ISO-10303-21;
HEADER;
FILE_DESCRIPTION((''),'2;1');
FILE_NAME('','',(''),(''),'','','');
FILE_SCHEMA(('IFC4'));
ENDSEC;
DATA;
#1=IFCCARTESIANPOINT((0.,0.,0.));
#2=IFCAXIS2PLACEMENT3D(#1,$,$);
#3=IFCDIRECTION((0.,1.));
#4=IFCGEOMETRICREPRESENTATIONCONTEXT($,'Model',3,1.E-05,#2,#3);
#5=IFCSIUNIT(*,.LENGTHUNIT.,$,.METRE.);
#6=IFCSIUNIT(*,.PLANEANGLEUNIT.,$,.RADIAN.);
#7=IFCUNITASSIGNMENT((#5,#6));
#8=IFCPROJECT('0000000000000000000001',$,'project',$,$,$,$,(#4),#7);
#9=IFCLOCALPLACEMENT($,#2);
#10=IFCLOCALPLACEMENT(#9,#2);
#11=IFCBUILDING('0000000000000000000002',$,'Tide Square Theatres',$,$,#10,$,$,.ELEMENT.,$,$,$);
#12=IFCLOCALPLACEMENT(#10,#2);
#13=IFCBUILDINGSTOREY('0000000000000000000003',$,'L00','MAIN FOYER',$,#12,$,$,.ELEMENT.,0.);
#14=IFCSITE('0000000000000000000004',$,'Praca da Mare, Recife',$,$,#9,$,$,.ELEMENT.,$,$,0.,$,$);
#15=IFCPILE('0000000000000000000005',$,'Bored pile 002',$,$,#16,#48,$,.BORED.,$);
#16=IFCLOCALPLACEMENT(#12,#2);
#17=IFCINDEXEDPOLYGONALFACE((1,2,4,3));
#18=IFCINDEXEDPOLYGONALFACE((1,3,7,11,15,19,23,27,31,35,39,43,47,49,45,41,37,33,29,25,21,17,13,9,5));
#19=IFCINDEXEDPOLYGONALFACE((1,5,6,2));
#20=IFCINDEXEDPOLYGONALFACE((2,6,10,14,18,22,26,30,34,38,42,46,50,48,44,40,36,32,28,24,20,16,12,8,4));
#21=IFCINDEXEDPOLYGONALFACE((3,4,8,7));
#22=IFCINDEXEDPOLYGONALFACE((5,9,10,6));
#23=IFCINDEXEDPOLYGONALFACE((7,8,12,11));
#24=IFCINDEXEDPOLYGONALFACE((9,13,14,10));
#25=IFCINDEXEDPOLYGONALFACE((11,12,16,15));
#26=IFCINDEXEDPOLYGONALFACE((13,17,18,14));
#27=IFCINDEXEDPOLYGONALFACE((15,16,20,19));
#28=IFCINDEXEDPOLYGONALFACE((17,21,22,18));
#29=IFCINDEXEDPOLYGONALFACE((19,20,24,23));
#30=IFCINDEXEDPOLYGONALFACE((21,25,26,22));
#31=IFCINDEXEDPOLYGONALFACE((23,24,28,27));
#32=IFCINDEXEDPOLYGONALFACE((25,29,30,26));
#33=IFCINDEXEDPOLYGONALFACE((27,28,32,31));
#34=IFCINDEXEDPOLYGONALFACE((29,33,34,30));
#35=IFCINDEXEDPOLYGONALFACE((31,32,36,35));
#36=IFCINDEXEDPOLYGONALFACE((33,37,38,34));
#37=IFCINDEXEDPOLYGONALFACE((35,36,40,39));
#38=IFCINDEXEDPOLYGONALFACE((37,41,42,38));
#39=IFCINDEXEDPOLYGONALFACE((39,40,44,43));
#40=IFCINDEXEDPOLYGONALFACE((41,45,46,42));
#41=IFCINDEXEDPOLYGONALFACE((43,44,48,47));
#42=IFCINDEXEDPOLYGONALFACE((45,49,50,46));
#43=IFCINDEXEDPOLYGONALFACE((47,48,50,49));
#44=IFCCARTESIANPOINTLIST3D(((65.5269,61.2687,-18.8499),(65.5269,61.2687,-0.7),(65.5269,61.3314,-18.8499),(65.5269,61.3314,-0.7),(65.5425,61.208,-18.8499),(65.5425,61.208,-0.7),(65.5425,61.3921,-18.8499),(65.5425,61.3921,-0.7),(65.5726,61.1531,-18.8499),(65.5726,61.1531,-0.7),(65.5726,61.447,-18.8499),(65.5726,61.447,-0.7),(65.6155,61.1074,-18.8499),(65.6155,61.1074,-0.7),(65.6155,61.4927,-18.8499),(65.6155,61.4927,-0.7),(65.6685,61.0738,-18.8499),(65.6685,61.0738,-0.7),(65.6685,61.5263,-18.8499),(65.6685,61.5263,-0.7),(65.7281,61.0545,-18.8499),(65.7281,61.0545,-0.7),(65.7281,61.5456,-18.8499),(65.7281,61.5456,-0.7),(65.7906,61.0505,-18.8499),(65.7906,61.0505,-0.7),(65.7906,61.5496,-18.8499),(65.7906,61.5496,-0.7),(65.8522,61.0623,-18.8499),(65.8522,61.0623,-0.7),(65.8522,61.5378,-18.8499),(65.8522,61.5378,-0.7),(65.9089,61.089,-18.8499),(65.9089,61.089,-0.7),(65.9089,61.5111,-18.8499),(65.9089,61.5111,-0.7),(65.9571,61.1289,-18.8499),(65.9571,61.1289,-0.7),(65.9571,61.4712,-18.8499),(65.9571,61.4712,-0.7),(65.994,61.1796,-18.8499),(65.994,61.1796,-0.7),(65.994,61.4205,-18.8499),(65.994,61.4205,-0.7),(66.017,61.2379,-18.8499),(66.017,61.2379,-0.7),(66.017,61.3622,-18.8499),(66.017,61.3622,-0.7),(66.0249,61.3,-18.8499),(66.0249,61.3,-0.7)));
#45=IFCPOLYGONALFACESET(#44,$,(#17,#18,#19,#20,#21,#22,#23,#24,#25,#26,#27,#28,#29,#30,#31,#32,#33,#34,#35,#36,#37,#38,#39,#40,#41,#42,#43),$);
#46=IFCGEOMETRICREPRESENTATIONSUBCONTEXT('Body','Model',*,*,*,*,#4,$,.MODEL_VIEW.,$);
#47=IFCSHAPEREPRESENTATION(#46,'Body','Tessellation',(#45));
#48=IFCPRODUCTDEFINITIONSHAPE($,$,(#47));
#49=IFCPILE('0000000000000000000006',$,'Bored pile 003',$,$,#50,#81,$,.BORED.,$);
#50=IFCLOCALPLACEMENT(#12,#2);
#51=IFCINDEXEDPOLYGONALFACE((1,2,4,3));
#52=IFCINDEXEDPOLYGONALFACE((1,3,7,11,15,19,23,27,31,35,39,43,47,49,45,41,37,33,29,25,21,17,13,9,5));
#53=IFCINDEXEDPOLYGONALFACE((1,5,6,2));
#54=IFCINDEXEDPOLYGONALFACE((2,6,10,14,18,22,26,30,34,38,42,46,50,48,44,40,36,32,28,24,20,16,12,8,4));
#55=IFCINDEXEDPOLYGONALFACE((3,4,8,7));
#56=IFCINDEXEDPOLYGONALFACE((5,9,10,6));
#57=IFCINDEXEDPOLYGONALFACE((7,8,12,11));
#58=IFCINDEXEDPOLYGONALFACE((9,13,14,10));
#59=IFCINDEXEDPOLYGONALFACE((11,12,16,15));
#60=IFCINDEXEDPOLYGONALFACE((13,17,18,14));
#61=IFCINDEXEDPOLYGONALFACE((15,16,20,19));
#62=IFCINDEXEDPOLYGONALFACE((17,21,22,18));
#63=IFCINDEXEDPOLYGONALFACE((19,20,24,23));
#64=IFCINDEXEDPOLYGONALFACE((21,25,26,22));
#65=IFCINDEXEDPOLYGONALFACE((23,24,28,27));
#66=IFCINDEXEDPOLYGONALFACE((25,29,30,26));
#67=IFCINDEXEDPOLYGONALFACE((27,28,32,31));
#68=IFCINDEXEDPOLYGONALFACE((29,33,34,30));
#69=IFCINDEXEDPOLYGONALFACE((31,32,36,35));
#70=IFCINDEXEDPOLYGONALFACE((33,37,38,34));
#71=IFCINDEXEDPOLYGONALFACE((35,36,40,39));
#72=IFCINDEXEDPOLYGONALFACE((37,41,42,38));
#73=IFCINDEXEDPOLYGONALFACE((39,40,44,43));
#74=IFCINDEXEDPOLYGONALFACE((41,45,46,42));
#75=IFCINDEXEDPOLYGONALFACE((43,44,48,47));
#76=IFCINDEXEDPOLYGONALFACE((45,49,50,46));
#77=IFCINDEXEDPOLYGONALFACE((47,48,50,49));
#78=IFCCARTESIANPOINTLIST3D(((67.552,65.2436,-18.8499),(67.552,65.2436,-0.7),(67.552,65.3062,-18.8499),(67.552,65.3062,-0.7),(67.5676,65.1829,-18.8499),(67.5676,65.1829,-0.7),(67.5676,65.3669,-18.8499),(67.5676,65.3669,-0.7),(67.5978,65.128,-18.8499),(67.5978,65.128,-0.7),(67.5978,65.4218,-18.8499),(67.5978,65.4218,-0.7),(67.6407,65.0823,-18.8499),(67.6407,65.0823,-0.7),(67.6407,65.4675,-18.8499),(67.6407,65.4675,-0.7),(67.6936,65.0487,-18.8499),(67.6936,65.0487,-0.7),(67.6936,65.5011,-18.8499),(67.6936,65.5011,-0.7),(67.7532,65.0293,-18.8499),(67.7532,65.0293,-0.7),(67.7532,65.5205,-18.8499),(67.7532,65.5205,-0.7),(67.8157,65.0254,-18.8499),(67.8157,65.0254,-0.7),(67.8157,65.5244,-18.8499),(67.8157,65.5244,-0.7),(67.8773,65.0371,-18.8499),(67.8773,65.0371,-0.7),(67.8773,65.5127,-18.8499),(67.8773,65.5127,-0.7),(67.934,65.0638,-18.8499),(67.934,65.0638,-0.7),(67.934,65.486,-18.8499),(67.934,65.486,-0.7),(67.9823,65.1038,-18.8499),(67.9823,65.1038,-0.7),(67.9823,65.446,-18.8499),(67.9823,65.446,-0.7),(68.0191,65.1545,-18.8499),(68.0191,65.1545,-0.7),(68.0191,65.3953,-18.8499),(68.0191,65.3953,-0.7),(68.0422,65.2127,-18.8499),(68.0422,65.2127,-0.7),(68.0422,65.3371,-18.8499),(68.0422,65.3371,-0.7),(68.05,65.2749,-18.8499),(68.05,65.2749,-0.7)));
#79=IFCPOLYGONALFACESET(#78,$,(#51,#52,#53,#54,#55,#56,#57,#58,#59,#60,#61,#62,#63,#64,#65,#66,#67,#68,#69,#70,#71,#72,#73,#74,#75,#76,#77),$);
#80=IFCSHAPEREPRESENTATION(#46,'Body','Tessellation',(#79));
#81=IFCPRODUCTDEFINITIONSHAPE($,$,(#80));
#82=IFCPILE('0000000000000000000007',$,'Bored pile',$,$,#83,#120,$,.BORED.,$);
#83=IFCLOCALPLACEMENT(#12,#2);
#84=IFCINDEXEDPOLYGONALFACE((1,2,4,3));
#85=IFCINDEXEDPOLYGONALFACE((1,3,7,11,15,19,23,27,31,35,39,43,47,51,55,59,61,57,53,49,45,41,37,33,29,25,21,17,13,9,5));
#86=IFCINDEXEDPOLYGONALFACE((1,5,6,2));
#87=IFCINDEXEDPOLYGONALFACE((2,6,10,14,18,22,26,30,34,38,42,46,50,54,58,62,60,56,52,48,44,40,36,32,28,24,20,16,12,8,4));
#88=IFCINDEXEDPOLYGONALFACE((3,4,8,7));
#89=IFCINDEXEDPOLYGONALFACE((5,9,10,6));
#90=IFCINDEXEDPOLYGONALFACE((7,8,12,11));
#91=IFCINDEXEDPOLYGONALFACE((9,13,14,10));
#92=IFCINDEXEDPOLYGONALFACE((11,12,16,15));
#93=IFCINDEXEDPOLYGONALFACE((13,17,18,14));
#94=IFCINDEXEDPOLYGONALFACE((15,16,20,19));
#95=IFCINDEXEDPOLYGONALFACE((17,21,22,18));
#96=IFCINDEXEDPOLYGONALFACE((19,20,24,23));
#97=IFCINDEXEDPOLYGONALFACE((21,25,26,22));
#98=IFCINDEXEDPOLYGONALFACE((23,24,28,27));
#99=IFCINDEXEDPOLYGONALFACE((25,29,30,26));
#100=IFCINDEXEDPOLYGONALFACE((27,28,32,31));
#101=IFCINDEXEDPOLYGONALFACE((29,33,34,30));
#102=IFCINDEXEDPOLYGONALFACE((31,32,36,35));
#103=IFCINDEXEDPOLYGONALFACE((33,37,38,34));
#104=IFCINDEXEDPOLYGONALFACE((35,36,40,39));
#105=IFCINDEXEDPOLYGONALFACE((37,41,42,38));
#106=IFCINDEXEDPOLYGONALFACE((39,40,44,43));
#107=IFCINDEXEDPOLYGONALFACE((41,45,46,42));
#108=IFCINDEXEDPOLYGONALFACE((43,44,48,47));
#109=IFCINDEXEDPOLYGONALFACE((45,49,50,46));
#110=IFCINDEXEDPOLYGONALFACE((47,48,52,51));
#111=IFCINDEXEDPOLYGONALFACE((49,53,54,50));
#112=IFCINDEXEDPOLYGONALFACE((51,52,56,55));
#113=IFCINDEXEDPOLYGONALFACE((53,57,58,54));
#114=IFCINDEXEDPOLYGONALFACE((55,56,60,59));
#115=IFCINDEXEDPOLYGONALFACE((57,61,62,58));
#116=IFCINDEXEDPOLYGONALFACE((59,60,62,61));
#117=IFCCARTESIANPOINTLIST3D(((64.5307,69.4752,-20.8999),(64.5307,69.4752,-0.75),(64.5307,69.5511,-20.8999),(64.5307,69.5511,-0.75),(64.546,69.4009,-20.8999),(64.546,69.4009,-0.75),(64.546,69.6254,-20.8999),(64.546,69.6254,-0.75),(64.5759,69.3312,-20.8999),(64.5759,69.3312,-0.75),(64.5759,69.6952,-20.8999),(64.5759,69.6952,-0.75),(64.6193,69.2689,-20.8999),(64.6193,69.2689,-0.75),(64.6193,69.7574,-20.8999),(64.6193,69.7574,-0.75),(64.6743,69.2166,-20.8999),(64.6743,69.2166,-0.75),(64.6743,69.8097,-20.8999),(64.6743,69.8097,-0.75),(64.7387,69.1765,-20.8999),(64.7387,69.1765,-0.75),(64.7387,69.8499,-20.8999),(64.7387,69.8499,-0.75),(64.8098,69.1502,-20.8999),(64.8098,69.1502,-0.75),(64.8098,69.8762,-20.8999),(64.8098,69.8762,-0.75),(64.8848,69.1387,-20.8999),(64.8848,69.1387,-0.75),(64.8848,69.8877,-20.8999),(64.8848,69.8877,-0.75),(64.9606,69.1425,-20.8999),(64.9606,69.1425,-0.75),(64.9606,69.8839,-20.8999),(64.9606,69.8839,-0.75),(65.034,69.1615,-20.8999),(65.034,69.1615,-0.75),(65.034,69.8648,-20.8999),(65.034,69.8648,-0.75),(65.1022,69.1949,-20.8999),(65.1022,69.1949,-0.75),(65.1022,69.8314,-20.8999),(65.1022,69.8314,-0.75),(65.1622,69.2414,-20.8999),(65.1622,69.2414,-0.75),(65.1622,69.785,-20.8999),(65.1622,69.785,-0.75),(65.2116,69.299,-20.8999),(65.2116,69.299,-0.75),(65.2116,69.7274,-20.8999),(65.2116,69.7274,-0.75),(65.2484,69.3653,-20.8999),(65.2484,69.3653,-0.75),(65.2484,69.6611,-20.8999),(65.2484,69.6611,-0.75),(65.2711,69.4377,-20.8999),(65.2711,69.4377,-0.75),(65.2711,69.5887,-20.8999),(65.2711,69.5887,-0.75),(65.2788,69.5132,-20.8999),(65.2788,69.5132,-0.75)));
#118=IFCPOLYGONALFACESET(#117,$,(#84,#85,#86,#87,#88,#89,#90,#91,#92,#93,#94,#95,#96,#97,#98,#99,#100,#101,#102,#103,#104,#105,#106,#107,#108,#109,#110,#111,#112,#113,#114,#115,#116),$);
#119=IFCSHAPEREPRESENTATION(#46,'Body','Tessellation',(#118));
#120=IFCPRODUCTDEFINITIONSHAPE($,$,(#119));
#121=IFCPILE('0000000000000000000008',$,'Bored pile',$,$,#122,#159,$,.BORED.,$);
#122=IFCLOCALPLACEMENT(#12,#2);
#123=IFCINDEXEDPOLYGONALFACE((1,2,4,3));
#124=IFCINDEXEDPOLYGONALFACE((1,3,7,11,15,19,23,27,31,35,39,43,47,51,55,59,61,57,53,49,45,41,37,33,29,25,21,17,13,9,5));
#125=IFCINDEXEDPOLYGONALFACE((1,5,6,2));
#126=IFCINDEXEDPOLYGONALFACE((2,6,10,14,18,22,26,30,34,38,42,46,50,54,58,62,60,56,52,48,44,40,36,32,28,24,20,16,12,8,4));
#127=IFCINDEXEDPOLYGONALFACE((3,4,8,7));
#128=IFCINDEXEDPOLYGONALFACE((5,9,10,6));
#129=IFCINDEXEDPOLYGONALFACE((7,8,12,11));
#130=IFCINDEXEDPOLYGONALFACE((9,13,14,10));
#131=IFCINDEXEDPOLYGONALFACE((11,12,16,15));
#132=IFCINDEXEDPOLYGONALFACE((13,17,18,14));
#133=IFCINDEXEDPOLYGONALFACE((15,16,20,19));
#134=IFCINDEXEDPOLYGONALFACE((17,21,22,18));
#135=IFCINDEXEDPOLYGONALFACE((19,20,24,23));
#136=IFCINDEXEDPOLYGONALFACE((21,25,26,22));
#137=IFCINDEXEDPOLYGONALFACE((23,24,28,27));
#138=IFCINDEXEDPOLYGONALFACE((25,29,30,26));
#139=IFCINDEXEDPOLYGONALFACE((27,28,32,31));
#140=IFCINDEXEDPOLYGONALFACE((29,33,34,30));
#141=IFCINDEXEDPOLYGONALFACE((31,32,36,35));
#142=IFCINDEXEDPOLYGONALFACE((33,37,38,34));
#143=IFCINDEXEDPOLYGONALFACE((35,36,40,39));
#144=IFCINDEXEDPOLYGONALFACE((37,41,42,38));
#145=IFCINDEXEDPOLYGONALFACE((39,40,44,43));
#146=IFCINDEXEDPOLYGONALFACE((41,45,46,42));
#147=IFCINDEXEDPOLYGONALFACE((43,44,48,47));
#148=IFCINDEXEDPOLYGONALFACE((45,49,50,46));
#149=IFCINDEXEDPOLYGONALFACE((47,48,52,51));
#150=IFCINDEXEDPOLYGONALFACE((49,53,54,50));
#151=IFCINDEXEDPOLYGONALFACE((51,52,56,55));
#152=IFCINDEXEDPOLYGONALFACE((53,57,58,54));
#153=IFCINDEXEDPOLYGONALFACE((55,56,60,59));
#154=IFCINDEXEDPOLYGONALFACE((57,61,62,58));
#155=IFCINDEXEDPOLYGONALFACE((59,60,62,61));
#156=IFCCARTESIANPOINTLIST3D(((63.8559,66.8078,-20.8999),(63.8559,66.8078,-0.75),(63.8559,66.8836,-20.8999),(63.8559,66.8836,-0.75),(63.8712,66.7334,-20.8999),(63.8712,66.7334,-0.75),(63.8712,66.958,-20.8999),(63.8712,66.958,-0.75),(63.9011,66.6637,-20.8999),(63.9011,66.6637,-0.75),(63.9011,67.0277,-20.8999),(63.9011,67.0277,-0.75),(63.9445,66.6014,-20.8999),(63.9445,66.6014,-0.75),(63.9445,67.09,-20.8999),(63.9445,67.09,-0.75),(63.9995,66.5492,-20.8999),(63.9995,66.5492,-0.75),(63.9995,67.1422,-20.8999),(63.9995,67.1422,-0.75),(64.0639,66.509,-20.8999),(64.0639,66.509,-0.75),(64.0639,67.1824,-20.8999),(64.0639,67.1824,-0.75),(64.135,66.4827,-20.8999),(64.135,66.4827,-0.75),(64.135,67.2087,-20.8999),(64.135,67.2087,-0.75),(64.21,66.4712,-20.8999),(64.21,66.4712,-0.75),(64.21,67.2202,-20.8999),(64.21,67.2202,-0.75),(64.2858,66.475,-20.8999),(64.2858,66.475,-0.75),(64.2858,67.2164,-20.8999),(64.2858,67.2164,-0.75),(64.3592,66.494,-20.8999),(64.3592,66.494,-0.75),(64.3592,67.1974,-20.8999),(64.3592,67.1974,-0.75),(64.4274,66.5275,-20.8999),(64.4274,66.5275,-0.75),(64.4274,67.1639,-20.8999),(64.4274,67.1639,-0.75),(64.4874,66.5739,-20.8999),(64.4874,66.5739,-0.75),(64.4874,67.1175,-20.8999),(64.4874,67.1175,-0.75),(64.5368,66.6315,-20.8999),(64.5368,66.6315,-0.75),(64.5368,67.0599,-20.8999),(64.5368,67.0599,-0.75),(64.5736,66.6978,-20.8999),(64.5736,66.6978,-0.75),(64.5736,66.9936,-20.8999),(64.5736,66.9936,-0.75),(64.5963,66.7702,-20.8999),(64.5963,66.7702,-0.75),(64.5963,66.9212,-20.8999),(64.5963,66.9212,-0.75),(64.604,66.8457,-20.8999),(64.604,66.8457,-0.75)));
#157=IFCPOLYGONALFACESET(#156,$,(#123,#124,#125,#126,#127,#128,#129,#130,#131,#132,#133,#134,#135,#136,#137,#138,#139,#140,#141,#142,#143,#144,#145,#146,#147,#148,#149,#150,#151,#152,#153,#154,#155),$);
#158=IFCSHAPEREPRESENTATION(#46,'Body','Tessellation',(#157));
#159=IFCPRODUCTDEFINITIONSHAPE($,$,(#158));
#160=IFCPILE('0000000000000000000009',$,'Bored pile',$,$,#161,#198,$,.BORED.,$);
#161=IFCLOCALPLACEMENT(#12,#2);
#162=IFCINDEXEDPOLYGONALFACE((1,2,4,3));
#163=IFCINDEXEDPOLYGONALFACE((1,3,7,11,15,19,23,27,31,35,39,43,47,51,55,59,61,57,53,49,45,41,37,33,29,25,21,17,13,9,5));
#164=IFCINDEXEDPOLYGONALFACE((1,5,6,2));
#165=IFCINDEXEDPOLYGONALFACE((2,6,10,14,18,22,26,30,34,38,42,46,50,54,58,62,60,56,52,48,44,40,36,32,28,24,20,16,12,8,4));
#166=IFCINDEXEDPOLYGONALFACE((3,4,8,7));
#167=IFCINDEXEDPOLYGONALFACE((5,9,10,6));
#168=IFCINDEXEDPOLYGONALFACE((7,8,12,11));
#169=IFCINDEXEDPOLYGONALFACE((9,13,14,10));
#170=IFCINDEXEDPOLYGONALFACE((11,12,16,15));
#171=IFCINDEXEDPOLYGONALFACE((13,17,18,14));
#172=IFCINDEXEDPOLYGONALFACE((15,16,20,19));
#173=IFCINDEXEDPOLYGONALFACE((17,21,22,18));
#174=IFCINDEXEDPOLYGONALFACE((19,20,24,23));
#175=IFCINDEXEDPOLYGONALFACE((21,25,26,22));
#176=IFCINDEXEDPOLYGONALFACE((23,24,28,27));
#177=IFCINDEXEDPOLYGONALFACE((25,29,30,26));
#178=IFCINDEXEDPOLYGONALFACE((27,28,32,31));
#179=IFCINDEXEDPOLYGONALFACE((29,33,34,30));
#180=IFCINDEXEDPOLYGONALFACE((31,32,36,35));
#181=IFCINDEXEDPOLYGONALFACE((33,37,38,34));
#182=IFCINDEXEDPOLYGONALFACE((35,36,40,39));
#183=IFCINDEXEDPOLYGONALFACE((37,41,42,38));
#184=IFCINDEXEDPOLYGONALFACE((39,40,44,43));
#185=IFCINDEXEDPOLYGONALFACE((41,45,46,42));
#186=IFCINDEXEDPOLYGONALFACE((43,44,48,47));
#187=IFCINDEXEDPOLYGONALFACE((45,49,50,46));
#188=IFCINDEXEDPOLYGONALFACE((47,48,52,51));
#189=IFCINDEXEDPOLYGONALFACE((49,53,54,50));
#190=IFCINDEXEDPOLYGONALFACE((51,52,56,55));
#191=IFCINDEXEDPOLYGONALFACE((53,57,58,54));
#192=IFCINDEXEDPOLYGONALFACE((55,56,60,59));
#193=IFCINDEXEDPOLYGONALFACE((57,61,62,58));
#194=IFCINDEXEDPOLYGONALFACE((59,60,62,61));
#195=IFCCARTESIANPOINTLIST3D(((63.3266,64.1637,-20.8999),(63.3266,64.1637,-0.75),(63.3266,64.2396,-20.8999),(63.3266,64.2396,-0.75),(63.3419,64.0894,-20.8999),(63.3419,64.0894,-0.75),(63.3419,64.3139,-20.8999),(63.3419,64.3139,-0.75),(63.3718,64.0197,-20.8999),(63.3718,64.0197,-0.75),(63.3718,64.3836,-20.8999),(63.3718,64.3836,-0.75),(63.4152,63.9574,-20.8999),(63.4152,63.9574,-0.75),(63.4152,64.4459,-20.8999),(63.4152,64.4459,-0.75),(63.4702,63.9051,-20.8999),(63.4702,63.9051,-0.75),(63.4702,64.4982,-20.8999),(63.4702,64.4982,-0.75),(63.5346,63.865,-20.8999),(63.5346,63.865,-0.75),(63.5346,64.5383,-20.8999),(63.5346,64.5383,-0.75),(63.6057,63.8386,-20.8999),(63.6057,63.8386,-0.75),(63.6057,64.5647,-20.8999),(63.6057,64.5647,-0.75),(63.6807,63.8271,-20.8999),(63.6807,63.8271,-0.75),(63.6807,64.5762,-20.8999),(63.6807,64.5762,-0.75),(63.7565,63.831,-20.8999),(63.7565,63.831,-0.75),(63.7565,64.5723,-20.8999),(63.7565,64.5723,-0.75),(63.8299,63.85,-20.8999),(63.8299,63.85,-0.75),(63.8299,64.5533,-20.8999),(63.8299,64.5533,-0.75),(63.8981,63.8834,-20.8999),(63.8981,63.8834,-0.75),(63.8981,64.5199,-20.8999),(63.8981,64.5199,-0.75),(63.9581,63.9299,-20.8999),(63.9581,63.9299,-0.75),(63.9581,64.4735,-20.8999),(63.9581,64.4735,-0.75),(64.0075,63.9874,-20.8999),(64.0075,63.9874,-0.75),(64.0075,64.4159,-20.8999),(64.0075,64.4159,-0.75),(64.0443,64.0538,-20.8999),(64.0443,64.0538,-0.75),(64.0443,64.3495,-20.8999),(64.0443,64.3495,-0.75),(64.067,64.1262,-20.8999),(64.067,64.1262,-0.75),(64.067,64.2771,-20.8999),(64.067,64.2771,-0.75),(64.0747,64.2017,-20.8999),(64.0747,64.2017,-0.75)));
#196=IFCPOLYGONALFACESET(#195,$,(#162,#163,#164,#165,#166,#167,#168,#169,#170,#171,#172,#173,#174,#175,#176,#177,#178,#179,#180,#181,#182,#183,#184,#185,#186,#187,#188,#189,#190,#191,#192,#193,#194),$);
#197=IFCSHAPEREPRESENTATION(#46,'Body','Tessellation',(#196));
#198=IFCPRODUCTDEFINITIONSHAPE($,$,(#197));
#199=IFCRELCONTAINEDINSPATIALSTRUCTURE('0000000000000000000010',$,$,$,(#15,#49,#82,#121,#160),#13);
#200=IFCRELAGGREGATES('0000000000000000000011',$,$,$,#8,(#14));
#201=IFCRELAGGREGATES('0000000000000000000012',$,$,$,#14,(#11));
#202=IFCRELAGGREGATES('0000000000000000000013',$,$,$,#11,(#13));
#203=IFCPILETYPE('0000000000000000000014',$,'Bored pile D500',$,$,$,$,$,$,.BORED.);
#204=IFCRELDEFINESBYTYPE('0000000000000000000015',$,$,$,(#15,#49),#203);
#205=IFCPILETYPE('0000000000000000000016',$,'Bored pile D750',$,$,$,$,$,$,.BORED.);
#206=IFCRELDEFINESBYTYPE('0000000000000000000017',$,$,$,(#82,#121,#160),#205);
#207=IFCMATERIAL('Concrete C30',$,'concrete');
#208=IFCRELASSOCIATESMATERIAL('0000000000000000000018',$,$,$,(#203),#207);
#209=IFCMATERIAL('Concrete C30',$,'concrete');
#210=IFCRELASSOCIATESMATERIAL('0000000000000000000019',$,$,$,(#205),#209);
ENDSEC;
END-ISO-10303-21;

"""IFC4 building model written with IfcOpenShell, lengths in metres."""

from ifc_helpers import new_model, si_unit, direction, frame, origin, origin_2d, place, context, subcontext, project, spatial, circle, extrude, material, material_profile, profile_set, type_object, element, save


model = new_model("IFC4")

# Units and contexts
model_context = context("Model", 3, precision=1e-05, world=origin(), true_north=direction((0.0, 1.0)))
body_context = subcontext(model_context, "Body", "Model", "MODEL_VIEW")
ifc_project = project(units=[si_unit("LENGTHUNIT", "METRE"), si_unit("PLANEANGLEUNIT", "RADIAN")], contexts=[model_context])

# Site, building, storey
site_placement = place(None, origin())
site = spatial("IfcSite", under=ifc_project, at=site_placement, Name="Praca da Mare, Recife", CompositionType="ELEMENT", RefElevation=0.0)
building_placement = place(site_placement, origin())
building = spatial("IfcBuilding", under=site, at=building_placement, Name="Tide Square Theatres", CompositionType="ELEMENT")
storey_placement = place(building_placement, origin())
storey = spatial("IfcBuildingStorey", under=building, at=storey_placement, Name="L00", Description="MAIN FOYER", CompositionType="ELEMENT", Elevation=0.0)

# Piles
ifc_material_1 = material(Name="Concrete C30", Category="concrete")
ifc_material_profile_1 = material_profile(ifc_material_1, circle(Radius=0.25, at=origin_2d()))
ifc_profile_set_1 = profile_set([ifc_material_profile_1], Name="Concrete C30")
pile_type_1 = type_object("IfcPileType", Name="Bored pile D500", PredefinedType="BORED", material=ifc_profile_set_1)
for number, where, z_axis, x_axis, name in (
    (1, (65.7749, 61.3, -0.7), (0.0, 0.0, -1.0), (1.0, 0.0, 0.0), "Bored pile 002"),
    (2, (67.8, 65.2749, -0.7), (0.0, 0.0, -1.0), (1.0, 0.0, 0.0), "Bored pile 003"),
):
    element("IfcPile", number, at=place(storey_placement, frame(where, z_axis=z_axis, x_axis=x_axis)), inside=storey, type_object=pile_type_1, Name=name, PredefinedType="BORED", context=body_context, shape_type="SweptSolid", body=[
        extrude(circle(Radius=0.25, at=origin_2d()), origin(), (0.0, 0.0, 1.0), 18.1499),
    ])
ifc_material_2 = material(Name="Concrete C30", Category="concrete")
ifc_material_profile_2 = material_profile(ifc_material_2, circle(Radius=0.375, at=origin_2d()))
ifc_profile_set_2 = profile_set([ifc_material_profile_2], Name="Concrete C30")
pile_type_2 = type_object("IfcPileType", Name="Bored pile D750", PredefinedType="BORED", material=ifc_profile_set_2)
for number, where, z_axis, x_axis, name in (
    (3, (64.9038, 69.5132, -0.75), (0.0, 0.0, -1.0), (1.0, 0.0, 0.0), "Bored pile"),
    (4, (64.229, 66.8457, -0.75), (0.0, 0.0, -1.0), (1.0, 0.0, 0.0), "Bored pile"),
    (5, (63.6997, 64.2017, -0.75), (0.0, 0.0, -1.0), (1.0, 0.0, 0.0), "Bored pile"),
):
    element("IfcPile", number, at=place(storey_placement, frame(where, z_axis=z_axis, x_axis=x_axis)), inside=storey, type_object=pile_type_2, Name=name, PredefinedType="BORED", context=body_context, shape_type="SweptSolid", body=[
        extrude(circle(Radius=0.375, at=origin_2d()), origin(), (0.0, 0.0, 1.0), 20.1499),
    ])

save(model, "model.ifc")
